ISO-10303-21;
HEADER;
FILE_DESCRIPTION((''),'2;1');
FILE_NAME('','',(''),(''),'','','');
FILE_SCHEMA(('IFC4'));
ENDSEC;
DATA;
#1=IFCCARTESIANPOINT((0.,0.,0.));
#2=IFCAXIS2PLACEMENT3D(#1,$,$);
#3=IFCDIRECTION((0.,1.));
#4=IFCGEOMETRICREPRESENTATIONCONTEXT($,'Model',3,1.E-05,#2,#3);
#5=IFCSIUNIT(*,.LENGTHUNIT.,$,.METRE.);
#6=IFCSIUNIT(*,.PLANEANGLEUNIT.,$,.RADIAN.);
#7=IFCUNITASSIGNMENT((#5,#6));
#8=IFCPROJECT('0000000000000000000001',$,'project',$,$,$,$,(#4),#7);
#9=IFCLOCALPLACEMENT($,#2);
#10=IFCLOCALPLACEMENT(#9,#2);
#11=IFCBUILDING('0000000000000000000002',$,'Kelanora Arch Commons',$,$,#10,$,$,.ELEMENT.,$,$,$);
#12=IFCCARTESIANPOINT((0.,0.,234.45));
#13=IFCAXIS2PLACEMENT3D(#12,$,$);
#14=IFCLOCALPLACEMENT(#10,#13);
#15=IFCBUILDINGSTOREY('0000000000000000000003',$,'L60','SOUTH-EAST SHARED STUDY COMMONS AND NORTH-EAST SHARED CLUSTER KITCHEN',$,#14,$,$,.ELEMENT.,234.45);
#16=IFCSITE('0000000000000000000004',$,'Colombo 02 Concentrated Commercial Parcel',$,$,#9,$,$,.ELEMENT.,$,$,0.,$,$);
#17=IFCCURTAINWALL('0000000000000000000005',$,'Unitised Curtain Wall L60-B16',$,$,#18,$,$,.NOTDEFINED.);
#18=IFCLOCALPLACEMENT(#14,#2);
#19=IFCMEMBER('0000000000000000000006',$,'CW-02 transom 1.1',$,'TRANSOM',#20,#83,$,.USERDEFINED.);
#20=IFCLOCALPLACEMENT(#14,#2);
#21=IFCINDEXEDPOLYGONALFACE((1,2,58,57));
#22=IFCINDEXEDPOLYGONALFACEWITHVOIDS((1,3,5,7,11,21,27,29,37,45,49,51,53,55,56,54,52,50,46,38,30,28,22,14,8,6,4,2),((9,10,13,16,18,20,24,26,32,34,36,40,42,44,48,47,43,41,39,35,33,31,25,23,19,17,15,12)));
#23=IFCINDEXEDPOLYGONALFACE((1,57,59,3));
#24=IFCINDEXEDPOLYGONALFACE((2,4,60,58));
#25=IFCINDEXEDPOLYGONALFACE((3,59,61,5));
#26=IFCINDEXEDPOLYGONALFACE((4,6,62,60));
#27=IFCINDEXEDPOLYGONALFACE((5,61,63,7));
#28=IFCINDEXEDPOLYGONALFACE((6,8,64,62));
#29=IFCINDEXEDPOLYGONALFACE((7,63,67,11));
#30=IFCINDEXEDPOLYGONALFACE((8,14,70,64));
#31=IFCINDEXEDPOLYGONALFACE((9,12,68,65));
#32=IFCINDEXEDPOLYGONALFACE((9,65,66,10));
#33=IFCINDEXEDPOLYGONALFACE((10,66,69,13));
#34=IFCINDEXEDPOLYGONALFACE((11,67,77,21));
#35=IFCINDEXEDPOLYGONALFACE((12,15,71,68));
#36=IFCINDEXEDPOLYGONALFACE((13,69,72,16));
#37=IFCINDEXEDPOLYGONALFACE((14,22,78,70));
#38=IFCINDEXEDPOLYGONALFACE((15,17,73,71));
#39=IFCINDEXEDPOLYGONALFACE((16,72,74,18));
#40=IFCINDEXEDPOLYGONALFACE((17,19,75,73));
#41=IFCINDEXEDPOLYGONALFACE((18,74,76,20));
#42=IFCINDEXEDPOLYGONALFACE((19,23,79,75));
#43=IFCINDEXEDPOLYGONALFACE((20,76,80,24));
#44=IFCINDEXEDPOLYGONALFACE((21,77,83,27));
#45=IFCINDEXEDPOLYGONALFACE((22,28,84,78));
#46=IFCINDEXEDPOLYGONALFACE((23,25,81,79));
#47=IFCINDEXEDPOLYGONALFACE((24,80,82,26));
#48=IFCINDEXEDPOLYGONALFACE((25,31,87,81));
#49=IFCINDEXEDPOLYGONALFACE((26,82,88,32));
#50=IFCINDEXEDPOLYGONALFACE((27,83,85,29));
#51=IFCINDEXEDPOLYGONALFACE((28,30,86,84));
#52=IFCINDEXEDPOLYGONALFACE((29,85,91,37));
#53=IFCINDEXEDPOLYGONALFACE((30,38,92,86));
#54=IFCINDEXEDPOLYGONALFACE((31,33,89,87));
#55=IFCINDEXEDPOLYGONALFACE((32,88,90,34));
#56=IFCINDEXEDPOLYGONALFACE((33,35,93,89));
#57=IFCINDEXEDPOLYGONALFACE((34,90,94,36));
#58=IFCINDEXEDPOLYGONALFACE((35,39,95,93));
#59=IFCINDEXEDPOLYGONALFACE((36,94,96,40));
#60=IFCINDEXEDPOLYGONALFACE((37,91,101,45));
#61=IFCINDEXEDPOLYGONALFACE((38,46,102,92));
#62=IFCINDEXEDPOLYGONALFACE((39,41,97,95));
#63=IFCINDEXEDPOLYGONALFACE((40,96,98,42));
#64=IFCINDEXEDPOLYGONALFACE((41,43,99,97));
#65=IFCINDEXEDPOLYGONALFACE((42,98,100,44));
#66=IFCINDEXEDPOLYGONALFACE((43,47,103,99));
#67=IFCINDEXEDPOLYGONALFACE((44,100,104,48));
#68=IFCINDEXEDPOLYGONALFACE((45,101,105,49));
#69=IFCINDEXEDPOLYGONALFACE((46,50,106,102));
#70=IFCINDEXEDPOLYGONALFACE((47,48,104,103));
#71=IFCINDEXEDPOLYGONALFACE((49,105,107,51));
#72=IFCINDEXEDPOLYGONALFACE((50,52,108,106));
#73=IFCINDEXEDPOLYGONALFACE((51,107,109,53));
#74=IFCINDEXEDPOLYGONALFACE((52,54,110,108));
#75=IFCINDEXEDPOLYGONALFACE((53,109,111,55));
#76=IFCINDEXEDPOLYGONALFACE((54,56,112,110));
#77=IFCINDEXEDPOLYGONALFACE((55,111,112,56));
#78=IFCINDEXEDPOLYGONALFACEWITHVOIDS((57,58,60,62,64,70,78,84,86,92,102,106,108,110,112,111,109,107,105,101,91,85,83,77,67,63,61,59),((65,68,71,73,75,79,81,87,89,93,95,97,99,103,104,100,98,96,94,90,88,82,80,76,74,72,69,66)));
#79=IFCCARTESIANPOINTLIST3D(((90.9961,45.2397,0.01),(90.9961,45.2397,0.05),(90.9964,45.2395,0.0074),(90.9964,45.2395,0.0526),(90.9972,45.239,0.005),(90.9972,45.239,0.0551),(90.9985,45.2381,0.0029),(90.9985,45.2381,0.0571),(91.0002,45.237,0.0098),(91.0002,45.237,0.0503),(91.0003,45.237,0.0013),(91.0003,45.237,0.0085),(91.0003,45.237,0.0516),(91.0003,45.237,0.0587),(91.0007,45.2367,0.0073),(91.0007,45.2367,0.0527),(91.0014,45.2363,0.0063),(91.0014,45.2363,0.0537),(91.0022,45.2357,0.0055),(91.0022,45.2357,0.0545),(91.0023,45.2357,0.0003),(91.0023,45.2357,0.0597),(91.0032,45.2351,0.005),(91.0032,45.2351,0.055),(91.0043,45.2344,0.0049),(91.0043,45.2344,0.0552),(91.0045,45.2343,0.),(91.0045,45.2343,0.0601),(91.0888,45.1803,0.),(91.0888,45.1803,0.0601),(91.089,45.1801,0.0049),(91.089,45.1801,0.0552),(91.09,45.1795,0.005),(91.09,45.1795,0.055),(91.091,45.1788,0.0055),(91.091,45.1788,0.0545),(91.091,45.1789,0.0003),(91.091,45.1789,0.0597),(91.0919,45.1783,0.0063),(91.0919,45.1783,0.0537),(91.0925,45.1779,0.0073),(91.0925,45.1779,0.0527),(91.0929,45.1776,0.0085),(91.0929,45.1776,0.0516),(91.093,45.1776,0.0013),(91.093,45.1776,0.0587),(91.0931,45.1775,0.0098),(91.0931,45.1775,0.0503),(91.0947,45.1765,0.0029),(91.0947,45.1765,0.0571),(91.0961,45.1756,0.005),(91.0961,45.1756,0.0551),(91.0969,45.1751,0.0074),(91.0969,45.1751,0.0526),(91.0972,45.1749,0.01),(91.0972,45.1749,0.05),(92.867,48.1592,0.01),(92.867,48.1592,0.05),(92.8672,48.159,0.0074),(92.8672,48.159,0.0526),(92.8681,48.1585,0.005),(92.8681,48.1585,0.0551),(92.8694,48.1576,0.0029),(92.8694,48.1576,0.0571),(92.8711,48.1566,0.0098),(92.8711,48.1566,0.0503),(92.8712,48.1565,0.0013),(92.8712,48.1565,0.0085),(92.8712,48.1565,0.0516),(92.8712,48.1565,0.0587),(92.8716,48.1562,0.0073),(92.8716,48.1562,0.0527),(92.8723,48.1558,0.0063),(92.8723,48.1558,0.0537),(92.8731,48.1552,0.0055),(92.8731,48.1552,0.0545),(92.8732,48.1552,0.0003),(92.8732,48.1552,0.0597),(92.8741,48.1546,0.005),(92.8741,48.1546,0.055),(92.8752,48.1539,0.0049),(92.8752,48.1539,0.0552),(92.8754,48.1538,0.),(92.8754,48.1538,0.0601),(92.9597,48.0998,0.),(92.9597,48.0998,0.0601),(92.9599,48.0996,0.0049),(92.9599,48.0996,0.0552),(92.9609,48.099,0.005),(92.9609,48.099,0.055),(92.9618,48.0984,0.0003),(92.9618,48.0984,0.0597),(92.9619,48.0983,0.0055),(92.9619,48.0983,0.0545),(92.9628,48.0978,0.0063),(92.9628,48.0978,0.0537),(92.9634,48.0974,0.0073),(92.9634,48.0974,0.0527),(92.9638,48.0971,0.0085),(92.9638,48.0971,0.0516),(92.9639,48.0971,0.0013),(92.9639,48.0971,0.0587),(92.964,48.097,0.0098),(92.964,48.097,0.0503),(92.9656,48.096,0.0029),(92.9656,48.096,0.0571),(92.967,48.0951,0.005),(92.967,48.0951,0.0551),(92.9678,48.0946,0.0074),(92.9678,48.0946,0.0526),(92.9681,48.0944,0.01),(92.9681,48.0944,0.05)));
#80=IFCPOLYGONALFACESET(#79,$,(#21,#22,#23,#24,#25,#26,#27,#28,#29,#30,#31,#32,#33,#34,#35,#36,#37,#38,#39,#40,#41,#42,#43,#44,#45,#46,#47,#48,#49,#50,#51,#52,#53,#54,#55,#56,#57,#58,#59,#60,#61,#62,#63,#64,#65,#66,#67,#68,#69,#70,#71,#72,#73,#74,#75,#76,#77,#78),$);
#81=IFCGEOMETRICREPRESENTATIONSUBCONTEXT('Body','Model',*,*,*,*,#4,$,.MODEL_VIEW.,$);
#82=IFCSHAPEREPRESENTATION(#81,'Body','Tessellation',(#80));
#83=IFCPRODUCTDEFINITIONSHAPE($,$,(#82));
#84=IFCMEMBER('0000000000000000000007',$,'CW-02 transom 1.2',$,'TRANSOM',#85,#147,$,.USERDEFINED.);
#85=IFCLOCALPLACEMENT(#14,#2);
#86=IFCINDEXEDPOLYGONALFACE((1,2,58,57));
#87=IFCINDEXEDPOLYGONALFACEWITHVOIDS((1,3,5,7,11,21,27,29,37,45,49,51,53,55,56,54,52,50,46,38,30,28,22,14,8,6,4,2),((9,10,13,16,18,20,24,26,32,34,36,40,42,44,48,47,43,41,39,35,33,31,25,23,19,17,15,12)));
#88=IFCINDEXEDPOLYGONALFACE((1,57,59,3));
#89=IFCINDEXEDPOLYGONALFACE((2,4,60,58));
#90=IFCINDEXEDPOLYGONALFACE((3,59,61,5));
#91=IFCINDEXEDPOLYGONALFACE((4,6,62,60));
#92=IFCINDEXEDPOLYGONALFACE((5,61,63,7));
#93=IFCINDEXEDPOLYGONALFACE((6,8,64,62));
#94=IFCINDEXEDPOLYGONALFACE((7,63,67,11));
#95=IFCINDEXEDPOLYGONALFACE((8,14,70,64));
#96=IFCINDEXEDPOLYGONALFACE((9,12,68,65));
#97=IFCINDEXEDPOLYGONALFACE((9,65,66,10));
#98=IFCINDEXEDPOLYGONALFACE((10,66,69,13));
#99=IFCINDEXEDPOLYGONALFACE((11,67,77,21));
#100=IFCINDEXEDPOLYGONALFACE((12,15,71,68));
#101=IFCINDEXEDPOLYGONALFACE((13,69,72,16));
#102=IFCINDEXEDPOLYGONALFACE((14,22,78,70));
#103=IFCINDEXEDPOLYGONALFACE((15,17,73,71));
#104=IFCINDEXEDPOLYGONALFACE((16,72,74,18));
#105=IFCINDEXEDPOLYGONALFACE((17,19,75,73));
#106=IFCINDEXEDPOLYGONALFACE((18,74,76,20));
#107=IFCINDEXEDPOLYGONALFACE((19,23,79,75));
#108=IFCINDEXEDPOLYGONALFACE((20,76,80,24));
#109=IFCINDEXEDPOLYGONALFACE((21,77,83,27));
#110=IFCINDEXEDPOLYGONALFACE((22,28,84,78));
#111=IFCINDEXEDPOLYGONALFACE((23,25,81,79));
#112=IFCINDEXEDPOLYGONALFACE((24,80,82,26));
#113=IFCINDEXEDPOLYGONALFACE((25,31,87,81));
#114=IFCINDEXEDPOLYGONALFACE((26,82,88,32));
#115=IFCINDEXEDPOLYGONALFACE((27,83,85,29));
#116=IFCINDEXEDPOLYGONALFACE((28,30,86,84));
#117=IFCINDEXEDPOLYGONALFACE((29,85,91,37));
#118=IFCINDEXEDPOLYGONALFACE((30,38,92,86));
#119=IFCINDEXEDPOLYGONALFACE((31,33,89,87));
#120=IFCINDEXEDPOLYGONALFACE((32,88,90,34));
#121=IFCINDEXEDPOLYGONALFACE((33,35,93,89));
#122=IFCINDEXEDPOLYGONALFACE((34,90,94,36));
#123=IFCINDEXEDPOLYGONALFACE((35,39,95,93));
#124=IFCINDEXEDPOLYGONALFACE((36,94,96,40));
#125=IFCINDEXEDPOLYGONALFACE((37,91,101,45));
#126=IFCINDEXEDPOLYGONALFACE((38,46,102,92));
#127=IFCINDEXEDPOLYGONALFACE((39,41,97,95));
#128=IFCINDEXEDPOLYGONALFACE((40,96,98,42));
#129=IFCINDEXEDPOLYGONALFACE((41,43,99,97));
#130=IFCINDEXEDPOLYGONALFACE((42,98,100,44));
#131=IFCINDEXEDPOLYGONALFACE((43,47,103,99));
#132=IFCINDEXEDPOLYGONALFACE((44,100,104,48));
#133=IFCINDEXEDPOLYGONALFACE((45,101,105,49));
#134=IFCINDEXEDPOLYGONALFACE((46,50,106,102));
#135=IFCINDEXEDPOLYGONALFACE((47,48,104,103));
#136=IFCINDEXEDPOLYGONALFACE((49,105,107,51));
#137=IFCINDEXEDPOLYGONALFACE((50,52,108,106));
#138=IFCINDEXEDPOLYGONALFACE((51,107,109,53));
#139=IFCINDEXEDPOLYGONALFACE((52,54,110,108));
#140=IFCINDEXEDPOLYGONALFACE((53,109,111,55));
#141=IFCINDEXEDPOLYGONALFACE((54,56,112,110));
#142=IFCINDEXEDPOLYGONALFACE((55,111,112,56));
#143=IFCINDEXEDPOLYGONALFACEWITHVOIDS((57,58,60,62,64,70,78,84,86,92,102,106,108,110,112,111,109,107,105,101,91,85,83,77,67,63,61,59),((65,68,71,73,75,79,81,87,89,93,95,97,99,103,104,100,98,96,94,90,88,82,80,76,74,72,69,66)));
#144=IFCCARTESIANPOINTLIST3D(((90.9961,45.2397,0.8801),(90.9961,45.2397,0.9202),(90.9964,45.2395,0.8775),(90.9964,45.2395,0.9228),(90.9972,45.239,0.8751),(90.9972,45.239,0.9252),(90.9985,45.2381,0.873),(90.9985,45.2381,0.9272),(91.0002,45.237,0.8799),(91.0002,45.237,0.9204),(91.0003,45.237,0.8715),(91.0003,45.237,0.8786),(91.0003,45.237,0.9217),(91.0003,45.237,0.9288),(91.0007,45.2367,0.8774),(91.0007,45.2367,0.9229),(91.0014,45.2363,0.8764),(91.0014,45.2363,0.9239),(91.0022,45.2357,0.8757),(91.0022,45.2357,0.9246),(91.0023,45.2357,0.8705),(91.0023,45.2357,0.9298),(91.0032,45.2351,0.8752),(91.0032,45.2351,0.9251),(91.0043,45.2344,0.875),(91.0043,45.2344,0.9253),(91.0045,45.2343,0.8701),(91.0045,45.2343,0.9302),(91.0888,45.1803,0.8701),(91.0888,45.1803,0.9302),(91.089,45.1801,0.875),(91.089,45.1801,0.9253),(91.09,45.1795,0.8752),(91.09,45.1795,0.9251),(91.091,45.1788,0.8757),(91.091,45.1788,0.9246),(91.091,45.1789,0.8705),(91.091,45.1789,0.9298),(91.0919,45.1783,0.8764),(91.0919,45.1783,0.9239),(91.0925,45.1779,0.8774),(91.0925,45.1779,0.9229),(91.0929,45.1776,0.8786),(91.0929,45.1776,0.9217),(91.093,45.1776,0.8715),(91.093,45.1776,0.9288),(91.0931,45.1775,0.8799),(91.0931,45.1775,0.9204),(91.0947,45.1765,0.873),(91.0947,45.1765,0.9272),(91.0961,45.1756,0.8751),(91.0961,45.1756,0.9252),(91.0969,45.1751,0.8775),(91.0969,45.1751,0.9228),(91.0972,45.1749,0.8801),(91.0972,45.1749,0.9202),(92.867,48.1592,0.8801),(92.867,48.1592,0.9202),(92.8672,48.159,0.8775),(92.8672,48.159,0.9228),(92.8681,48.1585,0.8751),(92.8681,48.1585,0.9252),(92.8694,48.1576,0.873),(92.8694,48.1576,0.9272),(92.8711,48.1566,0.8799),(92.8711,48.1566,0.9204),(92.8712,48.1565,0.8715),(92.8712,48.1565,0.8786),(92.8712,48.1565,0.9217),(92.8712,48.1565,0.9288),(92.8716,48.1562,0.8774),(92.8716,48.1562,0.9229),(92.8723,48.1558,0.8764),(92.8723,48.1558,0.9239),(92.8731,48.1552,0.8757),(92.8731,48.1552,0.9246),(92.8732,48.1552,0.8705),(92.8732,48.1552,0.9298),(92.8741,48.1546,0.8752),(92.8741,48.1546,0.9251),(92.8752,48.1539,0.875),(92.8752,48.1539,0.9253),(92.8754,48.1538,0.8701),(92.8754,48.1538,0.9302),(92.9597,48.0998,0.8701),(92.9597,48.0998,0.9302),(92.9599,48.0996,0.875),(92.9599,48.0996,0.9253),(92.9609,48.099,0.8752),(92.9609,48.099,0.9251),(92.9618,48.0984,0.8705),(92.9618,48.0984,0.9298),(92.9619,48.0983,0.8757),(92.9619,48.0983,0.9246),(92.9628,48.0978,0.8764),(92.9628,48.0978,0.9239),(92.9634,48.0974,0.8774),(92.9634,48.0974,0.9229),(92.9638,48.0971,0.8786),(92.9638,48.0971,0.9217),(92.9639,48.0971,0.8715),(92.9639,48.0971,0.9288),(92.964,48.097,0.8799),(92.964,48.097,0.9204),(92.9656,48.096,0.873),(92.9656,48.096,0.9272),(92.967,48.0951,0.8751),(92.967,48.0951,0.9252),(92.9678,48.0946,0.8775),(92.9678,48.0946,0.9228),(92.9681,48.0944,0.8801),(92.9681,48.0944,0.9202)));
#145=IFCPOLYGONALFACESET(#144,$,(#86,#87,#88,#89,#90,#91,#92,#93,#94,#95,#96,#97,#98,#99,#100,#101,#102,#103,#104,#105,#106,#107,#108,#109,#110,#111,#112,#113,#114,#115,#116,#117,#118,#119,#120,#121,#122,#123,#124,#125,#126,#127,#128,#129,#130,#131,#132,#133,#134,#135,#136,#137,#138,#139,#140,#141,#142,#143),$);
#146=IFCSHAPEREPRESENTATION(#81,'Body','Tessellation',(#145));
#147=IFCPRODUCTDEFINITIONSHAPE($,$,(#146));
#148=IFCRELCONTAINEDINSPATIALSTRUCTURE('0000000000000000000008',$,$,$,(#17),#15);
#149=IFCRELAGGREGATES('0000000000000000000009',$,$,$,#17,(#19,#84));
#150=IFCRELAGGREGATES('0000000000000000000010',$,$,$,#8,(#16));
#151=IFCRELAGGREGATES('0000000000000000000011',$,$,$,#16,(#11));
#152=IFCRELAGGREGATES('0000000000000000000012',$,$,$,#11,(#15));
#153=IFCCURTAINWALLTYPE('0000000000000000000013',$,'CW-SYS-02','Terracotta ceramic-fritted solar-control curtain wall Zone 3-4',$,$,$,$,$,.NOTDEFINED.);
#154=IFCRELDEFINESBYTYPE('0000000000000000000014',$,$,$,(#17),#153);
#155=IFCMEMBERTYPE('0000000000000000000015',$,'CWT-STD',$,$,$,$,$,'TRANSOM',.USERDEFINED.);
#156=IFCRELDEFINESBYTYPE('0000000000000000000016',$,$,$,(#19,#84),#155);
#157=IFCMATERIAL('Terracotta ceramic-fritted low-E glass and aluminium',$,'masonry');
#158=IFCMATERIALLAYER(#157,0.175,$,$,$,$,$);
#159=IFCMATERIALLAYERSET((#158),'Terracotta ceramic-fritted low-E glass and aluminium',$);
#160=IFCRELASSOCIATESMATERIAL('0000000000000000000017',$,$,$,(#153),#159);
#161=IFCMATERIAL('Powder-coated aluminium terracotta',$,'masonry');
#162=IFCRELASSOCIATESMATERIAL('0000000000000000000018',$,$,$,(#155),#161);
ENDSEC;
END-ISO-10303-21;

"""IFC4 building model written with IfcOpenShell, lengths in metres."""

from ifc_helpers import new_model, si_unit, direction, frame, origin, origin_2d, place, context, subcontext, project, spatial, hollow_rectangle, extrude, material, layer, layer_set, material_profile, profile_set, type_object, element, aggregate, save


model = new_model("IFC4")

# Units and contexts
model_context = context("Model", 3, precision=1e-05, world=origin(), true_north=direction((0.0, 1.0)))
body_context = subcontext(model_context, "Body", "Model", "MODEL_VIEW")
ifc_project = project(units=[si_unit("LENGTHUNIT", "METRE"), si_unit("PLANEANGLEUNIT", "RADIAN")], contexts=[model_context])

# Site, building, storey
site_placement = place(None, origin())
site = spatial("IfcSite", under=ifc_project, at=site_placement, Name="Colombo 02 Concentrated Commercial Parcel", CompositionType="ELEMENT", RefElevation=0.0)
building_placement = place(site_placement, origin())
building = spatial("IfcBuilding", under=site, at=building_placement, Name="Kelanora Arch Commons", CompositionType="ELEMENT")
storey_placement = place(building_placement, frame((0.0, 0.0, 234.45)))
storey = spatial("IfcBuildingStorey", under=building, at=storey_placement, Name="L60", Description="SOUTH-EAST SHARED STUDY COMMONS AND NORTH-EAST SHARED CLUSTER KITCHEN", CompositionType="ELEMENT", Elevation=234.45)

# Shared definitions
ifc_material_1 = material(Name="Terracotta ceramic-fritted low-E glass and aluminium", Category="masonry")
ifc_layer_1 = layer(ifc_material_1, 0.175)
ifc_layer_set_1 = layer_set([ifc_layer_1], Name="Terracotta ceramic-fritted low-E glass and aluminium")
curtain_wall_type = type_object("IfcCurtainWallType", Name="CW-SYS-02", Description="Terracotta ceramic-fritted solar-control curtain wall Zone 3-4", PredefinedType="NOTDEFINED", material=ifc_layer_set_1)
ifc_material_2 = material(Name="Powder-coated aluminium terracotta", Category="masonry")

# Curtain wall, members
curtain_wall_1_placement = place(storey_placement, origin())
curtain_wall_1 = element("IfcCurtainWall", 1, at=curtain_wall_1_placement, inside=storey, type_object=curtain_wall_type, Name="Unitised Curtain Wall L60-B16", PredefinedType="NOTDEFINED")
ifc_material_profile_1 = material_profile(ifc_material_2, hollow_rectangle(XDim=0.1201, YDim=0.0601, WallThickness=0.0049, InnerFilletRadius=0.0049, OuterFilletRadius=0.01, at=origin_2d()), Name="CWT120x60")
ifc_profile_set_1 = profile_set([ifc_material_profile_1], Name="Powder-coated aluminium terracotta")
member_type_1 = type_object("IfcMemberType", Name="CWT-STD", ElementType="TRANSOM", PredefinedType="USERDEFINED", material=ifc_profile_set_1)
member_1_placement = place(storey_placement, frame((91.0466, 45.2073, 0.03), z_axis=(0.539547, 0.841955, 0.0), x_axis=(-0.841955, 0.539547, 0.0)))
member_1 = element("IfcMember", 2, at=member_1_placement, type_object=member_type_1, Name="CW-02 transom 1.1", ObjectType="TRANSOM", PredefinedType="USERDEFINED", context=body_context, shape_type="SweptSolid", body=[
    extrude(hollow_rectangle(XDim=0.1201, YDim=0.0601, WallThickness=0.0049, InnerFilletRadius=0.0049, OuterFilletRadius=0.01, at=origin_2d()), origin(), (0.0, 0.0, 1.0), 3.4675),
])
member_2_placement = place(storey_placement, frame((91.0466, 45.2073, 0.9001), z_axis=(0.539547, 0.841955, 0.0), x_axis=(-0.841955, 0.539547, 0.0)))
member_2 = element("IfcMember", 3, at=member_2_placement, type_object=member_type_1, Name="CW-02 transom 1.2", ObjectType="TRANSOM", PredefinedType="USERDEFINED", context=body_context, shape_type="SweptSolid", body=[
    extrude(hollow_rectangle(XDim=0.1201, YDim=0.0601, WallThickness=0.0049, InnerFilletRadius=0.0049, OuterFilletRadius=0.01, at=origin_2d()), origin(), (0.0, 0.0, 1.0), 3.4675),
])

aggregate(curtain_wall_1, [member_1, member_2])

save(model, "model.ifc")
